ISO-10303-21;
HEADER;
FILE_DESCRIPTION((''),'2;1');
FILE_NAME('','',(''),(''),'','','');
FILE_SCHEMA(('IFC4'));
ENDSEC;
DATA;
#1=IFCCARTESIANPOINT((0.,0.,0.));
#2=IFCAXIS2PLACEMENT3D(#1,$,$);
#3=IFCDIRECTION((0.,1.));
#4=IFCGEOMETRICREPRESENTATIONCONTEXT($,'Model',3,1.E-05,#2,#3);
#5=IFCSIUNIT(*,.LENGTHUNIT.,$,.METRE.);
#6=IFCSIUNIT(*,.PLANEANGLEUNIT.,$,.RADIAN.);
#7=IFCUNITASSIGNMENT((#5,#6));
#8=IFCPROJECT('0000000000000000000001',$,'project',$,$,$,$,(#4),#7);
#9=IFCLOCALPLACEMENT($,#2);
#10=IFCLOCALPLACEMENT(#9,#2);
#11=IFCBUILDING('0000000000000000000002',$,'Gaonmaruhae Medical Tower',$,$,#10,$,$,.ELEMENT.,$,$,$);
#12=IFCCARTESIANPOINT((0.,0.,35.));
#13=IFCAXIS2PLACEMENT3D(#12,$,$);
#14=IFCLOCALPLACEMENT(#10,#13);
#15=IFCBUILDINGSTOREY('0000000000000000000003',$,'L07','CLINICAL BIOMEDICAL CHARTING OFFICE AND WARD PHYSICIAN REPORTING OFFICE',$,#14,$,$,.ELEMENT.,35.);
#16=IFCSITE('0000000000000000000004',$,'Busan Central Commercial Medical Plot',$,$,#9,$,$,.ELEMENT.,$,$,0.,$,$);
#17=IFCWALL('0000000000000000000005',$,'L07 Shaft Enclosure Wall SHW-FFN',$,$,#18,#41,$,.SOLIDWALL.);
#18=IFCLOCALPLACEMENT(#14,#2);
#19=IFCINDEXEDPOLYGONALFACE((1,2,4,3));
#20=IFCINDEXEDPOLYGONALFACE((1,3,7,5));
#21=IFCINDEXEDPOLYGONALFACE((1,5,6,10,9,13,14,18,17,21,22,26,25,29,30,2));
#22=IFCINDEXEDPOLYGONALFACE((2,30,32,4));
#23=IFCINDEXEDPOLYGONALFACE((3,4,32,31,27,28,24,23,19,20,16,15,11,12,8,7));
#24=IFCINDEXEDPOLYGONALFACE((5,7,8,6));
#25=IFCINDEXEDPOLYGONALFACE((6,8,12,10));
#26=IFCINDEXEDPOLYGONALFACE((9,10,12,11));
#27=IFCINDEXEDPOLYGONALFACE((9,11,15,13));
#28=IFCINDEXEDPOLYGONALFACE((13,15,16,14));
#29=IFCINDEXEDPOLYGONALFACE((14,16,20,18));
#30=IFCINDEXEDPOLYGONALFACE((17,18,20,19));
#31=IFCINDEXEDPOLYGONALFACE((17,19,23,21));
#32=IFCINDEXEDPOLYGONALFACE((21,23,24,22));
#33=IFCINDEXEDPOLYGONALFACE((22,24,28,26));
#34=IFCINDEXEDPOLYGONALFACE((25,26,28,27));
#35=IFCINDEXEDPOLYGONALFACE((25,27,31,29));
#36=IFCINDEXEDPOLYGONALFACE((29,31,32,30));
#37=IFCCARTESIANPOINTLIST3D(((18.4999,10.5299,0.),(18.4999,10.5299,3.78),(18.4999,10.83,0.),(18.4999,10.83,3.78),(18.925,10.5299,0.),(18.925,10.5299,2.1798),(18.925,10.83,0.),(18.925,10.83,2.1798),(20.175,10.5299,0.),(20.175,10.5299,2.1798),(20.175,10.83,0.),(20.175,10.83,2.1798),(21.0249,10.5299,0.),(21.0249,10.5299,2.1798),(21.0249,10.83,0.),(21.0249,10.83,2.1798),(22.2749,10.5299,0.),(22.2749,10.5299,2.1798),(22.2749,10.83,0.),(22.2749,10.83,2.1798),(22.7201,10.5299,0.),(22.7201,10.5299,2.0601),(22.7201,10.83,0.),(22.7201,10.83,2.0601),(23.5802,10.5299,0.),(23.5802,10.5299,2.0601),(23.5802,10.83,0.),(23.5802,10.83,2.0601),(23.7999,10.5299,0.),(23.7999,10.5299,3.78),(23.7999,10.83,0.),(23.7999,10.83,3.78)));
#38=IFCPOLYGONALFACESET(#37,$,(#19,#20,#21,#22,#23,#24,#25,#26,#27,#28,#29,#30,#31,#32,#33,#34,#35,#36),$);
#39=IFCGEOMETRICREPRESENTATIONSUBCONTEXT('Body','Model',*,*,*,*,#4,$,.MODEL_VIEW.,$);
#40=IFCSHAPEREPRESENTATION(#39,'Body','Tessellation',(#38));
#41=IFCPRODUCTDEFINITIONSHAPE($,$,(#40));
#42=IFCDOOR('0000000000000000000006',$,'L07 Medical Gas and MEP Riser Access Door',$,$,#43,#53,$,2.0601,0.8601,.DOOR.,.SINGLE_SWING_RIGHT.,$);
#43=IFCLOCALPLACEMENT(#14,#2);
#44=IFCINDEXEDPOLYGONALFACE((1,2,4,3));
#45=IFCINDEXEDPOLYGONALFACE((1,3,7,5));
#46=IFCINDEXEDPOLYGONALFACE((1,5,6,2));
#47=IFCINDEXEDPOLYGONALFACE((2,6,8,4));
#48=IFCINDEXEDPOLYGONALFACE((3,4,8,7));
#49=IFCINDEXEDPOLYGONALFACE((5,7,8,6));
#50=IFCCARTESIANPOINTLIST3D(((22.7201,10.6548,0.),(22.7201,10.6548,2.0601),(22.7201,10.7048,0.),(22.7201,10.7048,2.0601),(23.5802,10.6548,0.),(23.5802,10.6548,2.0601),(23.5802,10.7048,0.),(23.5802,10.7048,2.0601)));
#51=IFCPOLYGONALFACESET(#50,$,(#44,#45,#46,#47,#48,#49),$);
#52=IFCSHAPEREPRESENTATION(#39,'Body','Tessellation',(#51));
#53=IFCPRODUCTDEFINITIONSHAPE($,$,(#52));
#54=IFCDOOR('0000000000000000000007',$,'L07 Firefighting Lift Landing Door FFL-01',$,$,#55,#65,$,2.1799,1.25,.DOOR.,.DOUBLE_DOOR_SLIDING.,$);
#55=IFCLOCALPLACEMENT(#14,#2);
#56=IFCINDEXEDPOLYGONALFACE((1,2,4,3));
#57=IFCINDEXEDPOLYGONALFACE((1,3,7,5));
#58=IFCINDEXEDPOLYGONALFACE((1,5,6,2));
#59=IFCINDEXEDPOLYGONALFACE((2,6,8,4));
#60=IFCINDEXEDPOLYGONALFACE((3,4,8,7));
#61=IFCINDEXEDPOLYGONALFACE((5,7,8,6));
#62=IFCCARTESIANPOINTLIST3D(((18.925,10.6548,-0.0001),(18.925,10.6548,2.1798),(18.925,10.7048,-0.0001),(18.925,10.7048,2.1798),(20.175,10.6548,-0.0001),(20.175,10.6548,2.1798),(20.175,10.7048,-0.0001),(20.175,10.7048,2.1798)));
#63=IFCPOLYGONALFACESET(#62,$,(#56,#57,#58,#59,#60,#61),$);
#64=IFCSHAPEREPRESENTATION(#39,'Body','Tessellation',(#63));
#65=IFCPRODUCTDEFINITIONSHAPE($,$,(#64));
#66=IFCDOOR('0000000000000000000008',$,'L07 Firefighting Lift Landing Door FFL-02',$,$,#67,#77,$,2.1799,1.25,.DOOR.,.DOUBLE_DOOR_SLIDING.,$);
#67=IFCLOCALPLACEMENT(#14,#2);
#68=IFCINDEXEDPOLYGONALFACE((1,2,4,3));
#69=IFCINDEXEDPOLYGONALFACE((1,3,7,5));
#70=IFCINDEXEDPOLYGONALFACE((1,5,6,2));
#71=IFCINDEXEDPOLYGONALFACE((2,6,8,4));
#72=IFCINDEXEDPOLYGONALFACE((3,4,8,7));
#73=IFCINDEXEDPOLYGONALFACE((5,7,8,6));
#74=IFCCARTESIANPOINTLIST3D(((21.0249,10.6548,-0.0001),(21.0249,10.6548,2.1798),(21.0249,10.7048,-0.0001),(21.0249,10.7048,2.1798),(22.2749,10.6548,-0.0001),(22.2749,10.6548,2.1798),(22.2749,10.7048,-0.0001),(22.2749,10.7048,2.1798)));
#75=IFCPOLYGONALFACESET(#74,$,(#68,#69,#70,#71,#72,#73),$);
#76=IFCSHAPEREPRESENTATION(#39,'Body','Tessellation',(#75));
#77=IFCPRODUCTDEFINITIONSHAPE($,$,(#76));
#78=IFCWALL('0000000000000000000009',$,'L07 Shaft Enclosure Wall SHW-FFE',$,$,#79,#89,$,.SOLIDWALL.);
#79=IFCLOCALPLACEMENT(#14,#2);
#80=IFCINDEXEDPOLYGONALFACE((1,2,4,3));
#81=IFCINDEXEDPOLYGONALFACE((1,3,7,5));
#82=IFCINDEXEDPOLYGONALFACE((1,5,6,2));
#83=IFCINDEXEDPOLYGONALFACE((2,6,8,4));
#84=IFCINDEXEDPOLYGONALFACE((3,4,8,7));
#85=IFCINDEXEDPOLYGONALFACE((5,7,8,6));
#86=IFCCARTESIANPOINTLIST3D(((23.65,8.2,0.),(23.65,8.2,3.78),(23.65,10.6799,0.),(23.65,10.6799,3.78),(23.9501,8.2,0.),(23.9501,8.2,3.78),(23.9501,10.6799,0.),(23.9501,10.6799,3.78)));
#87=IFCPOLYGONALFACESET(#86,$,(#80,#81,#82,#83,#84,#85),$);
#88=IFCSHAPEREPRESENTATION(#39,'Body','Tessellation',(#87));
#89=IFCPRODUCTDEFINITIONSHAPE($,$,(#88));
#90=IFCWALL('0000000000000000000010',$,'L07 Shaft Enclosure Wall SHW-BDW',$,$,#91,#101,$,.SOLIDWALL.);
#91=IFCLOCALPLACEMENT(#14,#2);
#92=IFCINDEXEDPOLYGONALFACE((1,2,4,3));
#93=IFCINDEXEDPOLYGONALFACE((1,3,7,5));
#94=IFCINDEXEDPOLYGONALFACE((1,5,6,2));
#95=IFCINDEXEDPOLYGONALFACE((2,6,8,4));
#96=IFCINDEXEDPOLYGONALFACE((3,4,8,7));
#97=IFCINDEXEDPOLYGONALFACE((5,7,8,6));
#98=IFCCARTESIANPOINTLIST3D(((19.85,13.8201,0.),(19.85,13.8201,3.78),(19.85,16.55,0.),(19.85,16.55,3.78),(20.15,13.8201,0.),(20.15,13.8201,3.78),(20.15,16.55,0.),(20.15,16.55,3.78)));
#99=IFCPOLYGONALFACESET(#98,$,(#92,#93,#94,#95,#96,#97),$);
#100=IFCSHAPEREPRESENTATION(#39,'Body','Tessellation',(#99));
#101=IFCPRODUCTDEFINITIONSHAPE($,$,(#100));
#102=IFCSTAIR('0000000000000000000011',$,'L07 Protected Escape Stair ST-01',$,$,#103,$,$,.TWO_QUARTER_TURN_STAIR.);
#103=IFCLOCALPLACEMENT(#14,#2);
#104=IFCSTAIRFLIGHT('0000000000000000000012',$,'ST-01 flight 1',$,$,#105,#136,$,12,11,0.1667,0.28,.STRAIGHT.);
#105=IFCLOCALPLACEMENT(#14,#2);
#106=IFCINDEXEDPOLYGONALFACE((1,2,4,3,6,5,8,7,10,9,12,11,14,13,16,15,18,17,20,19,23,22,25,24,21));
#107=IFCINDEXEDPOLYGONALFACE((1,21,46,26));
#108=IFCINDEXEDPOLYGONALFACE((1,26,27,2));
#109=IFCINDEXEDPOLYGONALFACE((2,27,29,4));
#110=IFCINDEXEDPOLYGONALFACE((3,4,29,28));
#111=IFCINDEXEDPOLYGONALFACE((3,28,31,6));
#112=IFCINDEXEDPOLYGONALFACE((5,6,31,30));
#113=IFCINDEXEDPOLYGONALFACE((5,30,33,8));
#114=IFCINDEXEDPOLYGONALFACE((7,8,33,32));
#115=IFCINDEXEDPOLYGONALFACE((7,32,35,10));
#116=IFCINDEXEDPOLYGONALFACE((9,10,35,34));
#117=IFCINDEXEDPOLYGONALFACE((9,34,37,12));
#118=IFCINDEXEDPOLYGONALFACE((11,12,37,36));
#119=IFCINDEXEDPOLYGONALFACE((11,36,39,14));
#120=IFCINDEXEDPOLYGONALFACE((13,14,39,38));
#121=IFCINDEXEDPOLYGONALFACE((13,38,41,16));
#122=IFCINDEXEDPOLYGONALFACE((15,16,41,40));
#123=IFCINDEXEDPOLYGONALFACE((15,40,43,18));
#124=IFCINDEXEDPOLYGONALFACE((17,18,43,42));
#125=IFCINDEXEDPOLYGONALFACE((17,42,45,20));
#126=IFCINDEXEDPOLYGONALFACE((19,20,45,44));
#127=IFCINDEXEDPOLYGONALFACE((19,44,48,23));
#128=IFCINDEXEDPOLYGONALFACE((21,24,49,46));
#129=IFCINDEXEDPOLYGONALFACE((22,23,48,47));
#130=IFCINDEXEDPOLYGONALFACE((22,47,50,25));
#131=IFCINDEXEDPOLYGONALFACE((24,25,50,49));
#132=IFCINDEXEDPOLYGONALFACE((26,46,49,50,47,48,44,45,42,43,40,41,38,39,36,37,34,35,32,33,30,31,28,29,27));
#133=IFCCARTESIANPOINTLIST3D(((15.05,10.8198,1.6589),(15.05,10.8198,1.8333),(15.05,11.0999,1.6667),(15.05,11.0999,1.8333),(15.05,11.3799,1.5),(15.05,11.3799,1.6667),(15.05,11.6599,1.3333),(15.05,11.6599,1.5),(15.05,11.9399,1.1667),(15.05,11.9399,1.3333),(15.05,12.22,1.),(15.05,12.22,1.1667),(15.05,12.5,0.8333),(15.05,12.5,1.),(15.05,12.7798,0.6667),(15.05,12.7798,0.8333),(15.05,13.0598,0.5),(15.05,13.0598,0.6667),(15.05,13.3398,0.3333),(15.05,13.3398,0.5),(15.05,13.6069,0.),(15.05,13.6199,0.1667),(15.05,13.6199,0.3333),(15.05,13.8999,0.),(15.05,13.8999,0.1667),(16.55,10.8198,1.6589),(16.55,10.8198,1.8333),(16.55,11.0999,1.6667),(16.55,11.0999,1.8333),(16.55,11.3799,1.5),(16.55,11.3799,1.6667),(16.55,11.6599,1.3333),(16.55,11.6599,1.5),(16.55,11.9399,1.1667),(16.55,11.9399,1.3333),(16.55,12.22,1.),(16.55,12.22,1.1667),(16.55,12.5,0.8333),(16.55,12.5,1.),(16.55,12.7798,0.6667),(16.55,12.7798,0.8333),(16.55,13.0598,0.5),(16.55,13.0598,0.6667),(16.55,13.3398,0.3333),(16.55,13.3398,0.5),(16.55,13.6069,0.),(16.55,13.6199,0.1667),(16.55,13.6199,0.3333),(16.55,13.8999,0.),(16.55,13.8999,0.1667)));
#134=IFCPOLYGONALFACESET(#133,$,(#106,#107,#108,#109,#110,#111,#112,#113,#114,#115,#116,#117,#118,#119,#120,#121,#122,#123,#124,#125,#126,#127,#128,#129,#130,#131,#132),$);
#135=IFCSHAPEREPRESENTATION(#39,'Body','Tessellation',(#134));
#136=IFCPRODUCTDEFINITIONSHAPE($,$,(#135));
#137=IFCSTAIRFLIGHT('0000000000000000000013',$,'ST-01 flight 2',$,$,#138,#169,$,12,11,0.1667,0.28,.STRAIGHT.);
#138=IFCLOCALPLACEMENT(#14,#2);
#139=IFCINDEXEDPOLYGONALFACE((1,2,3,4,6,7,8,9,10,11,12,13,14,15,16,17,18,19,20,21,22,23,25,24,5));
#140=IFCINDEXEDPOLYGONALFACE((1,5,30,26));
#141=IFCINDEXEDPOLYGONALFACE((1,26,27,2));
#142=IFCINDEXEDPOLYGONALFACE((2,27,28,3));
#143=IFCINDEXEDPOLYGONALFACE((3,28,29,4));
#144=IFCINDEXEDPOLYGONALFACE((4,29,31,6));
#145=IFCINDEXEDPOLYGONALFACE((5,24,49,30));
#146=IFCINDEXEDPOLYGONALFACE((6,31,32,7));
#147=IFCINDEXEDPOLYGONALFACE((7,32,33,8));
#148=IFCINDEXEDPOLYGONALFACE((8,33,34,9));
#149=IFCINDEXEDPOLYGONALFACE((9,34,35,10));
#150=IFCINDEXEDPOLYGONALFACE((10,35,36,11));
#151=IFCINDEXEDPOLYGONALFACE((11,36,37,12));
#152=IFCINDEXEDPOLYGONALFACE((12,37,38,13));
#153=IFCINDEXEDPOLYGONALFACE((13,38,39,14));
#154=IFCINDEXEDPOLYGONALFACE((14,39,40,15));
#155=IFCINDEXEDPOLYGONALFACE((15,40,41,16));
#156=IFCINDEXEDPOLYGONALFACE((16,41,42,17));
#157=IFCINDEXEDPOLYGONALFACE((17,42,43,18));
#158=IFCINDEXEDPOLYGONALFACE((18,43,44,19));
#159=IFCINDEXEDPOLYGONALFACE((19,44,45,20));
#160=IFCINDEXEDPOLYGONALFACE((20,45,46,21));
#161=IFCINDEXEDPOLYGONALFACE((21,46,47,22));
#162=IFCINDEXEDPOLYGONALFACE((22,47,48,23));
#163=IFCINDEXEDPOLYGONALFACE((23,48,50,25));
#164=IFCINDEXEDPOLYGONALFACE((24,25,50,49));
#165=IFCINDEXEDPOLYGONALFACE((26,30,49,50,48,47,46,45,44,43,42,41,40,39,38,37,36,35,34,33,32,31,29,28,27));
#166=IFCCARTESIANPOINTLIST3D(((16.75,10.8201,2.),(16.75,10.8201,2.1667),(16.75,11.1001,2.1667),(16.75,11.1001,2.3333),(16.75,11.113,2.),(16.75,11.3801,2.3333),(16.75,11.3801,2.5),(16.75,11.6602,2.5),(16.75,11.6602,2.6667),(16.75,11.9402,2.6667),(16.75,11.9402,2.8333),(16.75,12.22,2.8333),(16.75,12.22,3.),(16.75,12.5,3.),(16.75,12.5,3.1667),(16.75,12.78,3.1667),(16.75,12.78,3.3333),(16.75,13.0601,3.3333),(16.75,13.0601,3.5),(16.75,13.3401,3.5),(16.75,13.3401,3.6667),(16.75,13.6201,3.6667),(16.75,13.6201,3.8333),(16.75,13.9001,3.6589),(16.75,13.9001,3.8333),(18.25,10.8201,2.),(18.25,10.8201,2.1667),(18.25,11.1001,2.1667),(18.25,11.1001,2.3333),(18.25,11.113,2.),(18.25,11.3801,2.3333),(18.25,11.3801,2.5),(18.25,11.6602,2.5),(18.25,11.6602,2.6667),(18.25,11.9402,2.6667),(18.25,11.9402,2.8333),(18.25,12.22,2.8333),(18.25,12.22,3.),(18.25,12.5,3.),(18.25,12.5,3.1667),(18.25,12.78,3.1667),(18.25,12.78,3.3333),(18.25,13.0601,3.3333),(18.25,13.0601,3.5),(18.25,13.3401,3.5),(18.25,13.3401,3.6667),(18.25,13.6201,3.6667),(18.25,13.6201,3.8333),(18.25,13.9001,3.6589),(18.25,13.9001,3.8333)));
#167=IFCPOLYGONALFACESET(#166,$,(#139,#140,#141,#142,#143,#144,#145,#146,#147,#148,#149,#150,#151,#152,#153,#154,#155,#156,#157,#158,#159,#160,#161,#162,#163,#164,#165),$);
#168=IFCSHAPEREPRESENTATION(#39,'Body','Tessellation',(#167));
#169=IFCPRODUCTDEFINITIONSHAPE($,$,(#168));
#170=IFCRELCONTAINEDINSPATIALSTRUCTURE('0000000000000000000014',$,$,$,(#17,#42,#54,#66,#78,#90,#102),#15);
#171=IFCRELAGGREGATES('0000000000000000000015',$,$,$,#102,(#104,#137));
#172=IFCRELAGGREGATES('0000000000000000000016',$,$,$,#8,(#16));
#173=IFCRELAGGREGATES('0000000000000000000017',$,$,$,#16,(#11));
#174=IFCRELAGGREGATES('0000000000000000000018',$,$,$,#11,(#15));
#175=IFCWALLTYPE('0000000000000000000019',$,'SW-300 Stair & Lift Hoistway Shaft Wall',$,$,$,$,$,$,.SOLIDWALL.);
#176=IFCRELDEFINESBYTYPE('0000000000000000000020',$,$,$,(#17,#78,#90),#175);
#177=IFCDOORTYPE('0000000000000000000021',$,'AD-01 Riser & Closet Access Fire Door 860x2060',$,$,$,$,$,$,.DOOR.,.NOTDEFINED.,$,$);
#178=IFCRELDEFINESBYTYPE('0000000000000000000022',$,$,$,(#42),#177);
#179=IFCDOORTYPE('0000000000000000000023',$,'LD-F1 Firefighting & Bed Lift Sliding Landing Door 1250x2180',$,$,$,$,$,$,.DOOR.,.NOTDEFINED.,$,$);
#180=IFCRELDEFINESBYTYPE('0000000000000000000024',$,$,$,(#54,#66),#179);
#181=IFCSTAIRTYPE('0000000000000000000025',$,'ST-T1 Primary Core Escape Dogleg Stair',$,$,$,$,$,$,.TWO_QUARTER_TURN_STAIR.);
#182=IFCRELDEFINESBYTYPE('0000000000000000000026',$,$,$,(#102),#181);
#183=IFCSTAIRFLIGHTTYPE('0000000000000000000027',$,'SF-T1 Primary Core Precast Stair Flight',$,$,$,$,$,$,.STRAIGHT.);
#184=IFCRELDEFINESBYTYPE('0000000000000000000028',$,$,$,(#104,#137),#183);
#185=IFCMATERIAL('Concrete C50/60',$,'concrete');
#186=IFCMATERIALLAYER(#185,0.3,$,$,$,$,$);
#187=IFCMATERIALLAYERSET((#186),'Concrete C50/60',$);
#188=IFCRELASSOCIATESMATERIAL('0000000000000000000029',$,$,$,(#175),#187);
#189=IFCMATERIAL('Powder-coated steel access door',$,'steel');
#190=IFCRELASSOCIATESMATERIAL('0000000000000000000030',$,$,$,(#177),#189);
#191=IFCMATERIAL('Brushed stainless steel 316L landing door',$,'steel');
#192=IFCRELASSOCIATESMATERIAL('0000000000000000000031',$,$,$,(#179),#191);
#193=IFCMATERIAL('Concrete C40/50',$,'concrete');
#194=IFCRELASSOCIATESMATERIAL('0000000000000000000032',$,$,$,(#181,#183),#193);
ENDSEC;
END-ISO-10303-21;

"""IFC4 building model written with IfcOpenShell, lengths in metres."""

from ifc_helpers import new_model, si_unit, direction, frame, frame_2d, origin, place, context, subcontext, project, spatial, polyline, rectangle, outline, extrude, material, layer, layer_set, type_object, element, fill, aggregate, save


model = new_model("IFC4")

# Units and contexts
model_context = context("Model", 3, precision=1e-05, world=origin(), true_north=direction((0.0, 1.0)))
body_context = subcontext(model_context, "Body", "Model", "MODEL_VIEW")
ifc_project = project(units=[si_unit("LENGTHUNIT", "METRE"), si_unit("PLANEANGLEUNIT", "RADIAN")], contexts=[model_context])

# Site, building, storey
site_placement = place(None, origin())
site = spatial("IfcSite", under=ifc_project, at=site_placement, Name="Busan Central Commercial Medical Plot", CompositionType="ELEMENT", RefElevation=0.0)
building_placement = place(site_placement, origin())
building = spatial("IfcBuilding", under=site, at=building_placement, Name="Gaonmaruhae Medical Tower", CompositionType="ELEMENT")
storey_placement = place(building_placement, frame((0.0, 0.0, 35.0)))
storey = spatial("IfcBuildingStorey", under=building, at=storey_placement, Name="L07", Description="CLINICAL BIOMEDICAL CHARTING OFFICE AND WARD PHYSICIAN REPORTING OFFICE", CompositionType="ELEMENT", Elevation=35.0)

# Shared definitions
ifc_material_1 = material(Name="Concrete C50/60", Category="concrete")

# Wall, openings, doors
ifc_layer_1 = layer(ifc_material_1, 0.3)
ifc_layer_set_1 = layer_set([ifc_layer_1], Name="Concrete C50/60")
wall_type_1 = type_object("IfcWallType", Name="SW-300 Stair & Lift Hoistway Shaft Wall", PredefinedType="SOLIDWALL", material=ifc_layer_set_1)
wall_1_placement = place(storey_placement, frame((18.5, 10.6799, 0.0), z_axis=(0.0, 0.0, 1.0), x_axis=(1.0, 0.0, 0.0)))
wall_1 = element("IfcWall", 1, at=wall_1_placement, inside=storey, type_object=wall_type_1, Name="L07 Shaft Enclosure Wall SHW-FFN", PredefinedType="SOLIDWALL", context=body_context, shape_type="SweptSolid", body=[
    extrude(rectangle(XDim=5.3, YDim=0.3, at=frame_2d((2.6499, 0.0))), origin(), (0.0, 0.0, 1.0), 3.78),
])
opening_1_placement = place(wall_1_placement, frame((4.22, 0.0, 0.0)))
opening_1 = element("IfcOpeningElement", 2, at=opening_1_placement, cuts=wall_1, PredefinedType="OPENING", context=body_context, shape_type="SweptSolid", body=[
    extrude(rectangle(XDim=0.8601, YDim=2.0601, at=frame_2d((0.4302, 1.03))), frame((0.0, 0.1602, 0.0), z_axis=(0.0, -1.0, 0.0), x_axis=(1.0, 0.0, 0.0)), (0.0, 0.0, 1.0), 0.3201),
])
opening_2_placement = place(wall_1_placement, frame((0.425, 0.0, 0.0)))
opening_2 = element("IfcOpeningElement", 3, at=opening_2_placement, cuts=wall_1, PredefinedType="OPENING", context=body_context, shape_type="SweptSolid", body=[
    extrude(rectangle(XDim=1.25, YDim=2.1799, at=frame_2d((0.625, 1.0898))), frame((0.0, 0.1602, 0.0), z_axis=(0.0, -1.0, 0.0), x_axis=(1.0, 0.0, 0.0)), (0.0, 0.0, 1.0), 0.3201),
])
opening_3_placement = place(wall_1_placement, frame((2.5249, 0.0, 0.0)))
opening_3 = element("IfcOpeningElement", 4, at=opening_3_placement, cuts=wall_1, PredefinedType="OPENING", context=body_context, shape_type="SweptSolid", body=[
    extrude(rectangle(XDim=1.25, YDim=2.1799, at=frame_2d((0.625, 1.0898))), frame((0.0, 0.1602, 0.0), z_axis=(0.0, -1.0, 0.0), x_axis=(1.0, 0.0, 0.0)), (0.0, 0.0, 1.0), 0.3201),
])
ifc_material_2 = material(Name="Powder-coated steel access door", Category="steel")
door_type_1 = type_object("IfcDoorType", Name="AD-01 Riser & Closet Access Fire Door 860x2060", OperationType="NOTDEFINED", PredefinedType="DOOR", material=ifc_material_2)
door_1_placement = place(opening_1_placement, origin())
door_1 = element("IfcDoor", 5, at=door_1_placement, inside=storey, type_object=door_type_1, Name="L07 Medical Gas and MEP Riser Access Door", OperationType="SINGLE_SWING_RIGHT", OverallHeight=2.0601, OverallWidth=0.8601, PredefinedType="DOOR", context=body_context, shape_type="SweptSolid", body=[
    extrude(rectangle(XDim=0.8601, YDim=2.0601, at=frame_2d((0.4302, 1.03))), frame((0.0, 0.0249, 0.0), z_axis=(0.0, -1.0, 0.0), x_axis=(1.0, 0.0, 0.0)), (0.0, 0.0, 1.0), 0.05),
])
fill(opening_1, door_1)
ifc_material_3 = material(Name="Brushed stainless steel 316L landing door", Category="steel")
door_type_2 = type_object("IfcDoorType", Name="LD-F1 Firefighting & Bed Lift Sliding Landing Door 1250x2180", OperationType="NOTDEFINED", PredefinedType="DOOR", material=ifc_material_3)
door_2_placement = place(opening_2_placement, origin())
door_2 = element("IfcDoor", 6, at=door_2_placement, inside=storey, type_object=door_type_2, Name="L07 Firefighting Lift Landing Door FFL-01", OperationType="DOUBLE_DOOR_SLIDING", OverallHeight=2.1799, OverallWidth=1.25, PredefinedType="DOOR", context=body_context, shape_type="SweptSolid", body=[
    extrude(rectangle(XDim=1.25, YDim=2.1799, at=frame_2d((0.625, 1.0898))), frame((0.0, 0.0249, 0.0), z_axis=(0.0, -1.0, 0.0), x_axis=(1.0, 0.0, 0.0)), (0.0, 0.0, 1.0), 0.05),
])
fill(opening_2, door_2)
door_3_placement = place(opening_3_placement, origin())
door_3 = element("IfcDoor", 7, at=door_3_placement, inside=storey, type_object=door_type_2, Name="L07 Firefighting Lift Landing Door FFL-02", OperationType="DOUBLE_DOOR_SLIDING", OverallHeight=2.1799, OverallWidth=1.25, PredefinedType="DOOR", context=body_context, shape_type="SweptSolid", body=[
    extrude(rectangle(XDim=1.25, YDim=2.1799, at=frame_2d((0.625, 1.0898))), frame((0.0, 0.0249, 0.0), z_axis=(0.0, -1.0, 0.0), x_axis=(1.0, 0.0, 0.0)), (0.0, 0.0, 1.0), 0.05),
])
fill(opening_3, door_3)

# Walls
wall_2_placement = place(storey_placement, frame((23.8, 8.2, 0.0), z_axis=(0.0, 0.0, 1.0), x_axis=(0.0, 1.0, 0.0)))
element("IfcWall", 8, at=wall_2_placement, inside=storey, type_object=wall_type_1, Name="L07 Shaft Enclosure Wall SHW-FFE", PredefinedType="SOLIDWALL", context=body_context, shape_type="SweptSolid", body=[
    extrude(rectangle(XDim=2.48, YDim=0.3, at=frame_2d((1.24, 0.0))), origin(), (0.0, 0.0, 1.0), 3.78),
])
wall_3_placement = place(storey_placement, frame((20.0, 13.8201, 0.0), z_axis=(0.0, 0.0, 1.0), x_axis=(0.0, 1.0, 0.0)))
element("IfcWall", 9, at=wall_3_placement, inside=storey, type_object=wall_type_1, Name="L07 Shaft Enclosure Wall SHW-BDW", PredefinedType="SOLIDWALL", context=body_context, shape_type="SweptSolid", body=[
    extrude(rectangle(XDim=2.73, YDim=0.3, at=frame_2d((1.365, 0.0))), origin(), (0.0, 0.0, 1.0), 3.78),
])

# Stair, stair flights
ifc_material_4 = material(Name="Concrete C40/50", Category="concrete")
stair_type = type_object("IfcStairType", Name="ST-T1 Primary Core Escape Dogleg Stair", PredefinedType="TWO_QUARTER_TURN_STAIR", material=ifc_material_4)
stair_placement = place(storey_placement, origin())
stair = element("IfcStair", 10, at=stair_placement, inside=storey, type_object=stair_type, Name="L07 Protected Escape Stair ST-01", PredefinedType="TWO_QUARTER_TURN_STAIR")
stair_flight_type = type_object("IfcStairFlightType", Name="SF-T1 Primary Core Precast Stair Flight", PredefinedType="STRAIGHT", material=ifc_material_4)
stair_flight_1_placement = place(storey_placement, frame((15.8, 13.8999, 0.0), z_axis=(0.0, 0.0, 1.0), x_axis=(0.0, -1.0, 0.0)))
stair_flight_1 = element("IfcStairFlight", 11, at=stair_flight_1_placement, type_object=stair_flight_type, Name="ST-01 flight 1", NumberOfRisers=12, NumberOfTreads=11, PredefinedType="STRAIGHT", RiserHeight=0.1667, TreadLength=0.28, context=body_context, shape_type="SweptSolid", body=[
    extrude(outline(polyline([(0.0, 0.0), (0.0, 0.1667), (0.28, 0.1667), (0.28, 0.3333), (0.5601, 0.3333), (0.5601, 0.5), (0.8401, 0.5), (0.8401, 0.6667), (1.1201, 0.6667), (1.1201, 0.8333), (1.3999, 0.8333), (1.3999, 1.0), (1.6799, 1.0), (1.6799, 1.1667), (1.96, 1.1667), (1.96, 1.3333), (2.24, 1.3333), (2.24, 1.5), (2.52, 1.5), (2.52, 1.6667), (2.8, 1.6667), (2.8, 1.8333), (3.0801, 1.8333), (3.0801, 2.0), (3.0801, 1.6589), (0.293, 0.0), (0.0, 0.0)])), frame((0.0, 0.75, 0.0), z_axis=(0.0, -1.0, 0.0), x_axis=(1.0, 0.0, 0.0)), (0.0, 0.0, 1.0), 1.5),
])
stair_flight_2_placement = place(storey_placement, frame((17.5, 10.8201, 2.0), z_axis=(0.0, 0.0, 1.0), x_axis=(0.0, 1.0, 0.0)))
stair_flight_2 = element("IfcStairFlight", 12, at=stair_flight_2_placement, type_object=stair_flight_type, Name="ST-01 flight 2", NumberOfRisers=12, NumberOfTreads=11, PredefinedType="STRAIGHT", RiserHeight=0.1667, TreadLength=0.28, context=body_context, shape_type="SweptSolid", body=[
    extrude(outline(polyline([(0.0, 0.0), (0.0, 0.1667), (0.28, 0.1667), (0.28, 0.3333), (0.5601, 0.3333), (0.5601, 0.5), (0.8401, 0.5), (0.8401, 0.6667), (1.1201, 0.6667), (1.1201, 0.8333), (1.3999, 0.8333), (1.3999, 1.0), (1.6799, 1.0), (1.6799, 1.1667), (1.96, 1.1667), (1.96, 1.3333), (2.24, 1.3333), (2.24, 1.5), (2.52, 1.5), (2.52, 1.6667), (2.8, 1.6667), (2.8, 1.8333), (3.0801, 1.8333), (3.0801, 2.0), (3.0801, 1.6589), (0.293, 0.0), (0.0, 0.0)])), frame((0.0, 0.75, 0.0), z_axis=(0.0, -1.0, 0.0), x_axis=(1.0, 0.0, 0.0)), (0.0, 0.0, 1.0), 1.5),
])
aggregate(stair, [stair_flight_1, stair_flight_2])

save(model, "model.ifc")
